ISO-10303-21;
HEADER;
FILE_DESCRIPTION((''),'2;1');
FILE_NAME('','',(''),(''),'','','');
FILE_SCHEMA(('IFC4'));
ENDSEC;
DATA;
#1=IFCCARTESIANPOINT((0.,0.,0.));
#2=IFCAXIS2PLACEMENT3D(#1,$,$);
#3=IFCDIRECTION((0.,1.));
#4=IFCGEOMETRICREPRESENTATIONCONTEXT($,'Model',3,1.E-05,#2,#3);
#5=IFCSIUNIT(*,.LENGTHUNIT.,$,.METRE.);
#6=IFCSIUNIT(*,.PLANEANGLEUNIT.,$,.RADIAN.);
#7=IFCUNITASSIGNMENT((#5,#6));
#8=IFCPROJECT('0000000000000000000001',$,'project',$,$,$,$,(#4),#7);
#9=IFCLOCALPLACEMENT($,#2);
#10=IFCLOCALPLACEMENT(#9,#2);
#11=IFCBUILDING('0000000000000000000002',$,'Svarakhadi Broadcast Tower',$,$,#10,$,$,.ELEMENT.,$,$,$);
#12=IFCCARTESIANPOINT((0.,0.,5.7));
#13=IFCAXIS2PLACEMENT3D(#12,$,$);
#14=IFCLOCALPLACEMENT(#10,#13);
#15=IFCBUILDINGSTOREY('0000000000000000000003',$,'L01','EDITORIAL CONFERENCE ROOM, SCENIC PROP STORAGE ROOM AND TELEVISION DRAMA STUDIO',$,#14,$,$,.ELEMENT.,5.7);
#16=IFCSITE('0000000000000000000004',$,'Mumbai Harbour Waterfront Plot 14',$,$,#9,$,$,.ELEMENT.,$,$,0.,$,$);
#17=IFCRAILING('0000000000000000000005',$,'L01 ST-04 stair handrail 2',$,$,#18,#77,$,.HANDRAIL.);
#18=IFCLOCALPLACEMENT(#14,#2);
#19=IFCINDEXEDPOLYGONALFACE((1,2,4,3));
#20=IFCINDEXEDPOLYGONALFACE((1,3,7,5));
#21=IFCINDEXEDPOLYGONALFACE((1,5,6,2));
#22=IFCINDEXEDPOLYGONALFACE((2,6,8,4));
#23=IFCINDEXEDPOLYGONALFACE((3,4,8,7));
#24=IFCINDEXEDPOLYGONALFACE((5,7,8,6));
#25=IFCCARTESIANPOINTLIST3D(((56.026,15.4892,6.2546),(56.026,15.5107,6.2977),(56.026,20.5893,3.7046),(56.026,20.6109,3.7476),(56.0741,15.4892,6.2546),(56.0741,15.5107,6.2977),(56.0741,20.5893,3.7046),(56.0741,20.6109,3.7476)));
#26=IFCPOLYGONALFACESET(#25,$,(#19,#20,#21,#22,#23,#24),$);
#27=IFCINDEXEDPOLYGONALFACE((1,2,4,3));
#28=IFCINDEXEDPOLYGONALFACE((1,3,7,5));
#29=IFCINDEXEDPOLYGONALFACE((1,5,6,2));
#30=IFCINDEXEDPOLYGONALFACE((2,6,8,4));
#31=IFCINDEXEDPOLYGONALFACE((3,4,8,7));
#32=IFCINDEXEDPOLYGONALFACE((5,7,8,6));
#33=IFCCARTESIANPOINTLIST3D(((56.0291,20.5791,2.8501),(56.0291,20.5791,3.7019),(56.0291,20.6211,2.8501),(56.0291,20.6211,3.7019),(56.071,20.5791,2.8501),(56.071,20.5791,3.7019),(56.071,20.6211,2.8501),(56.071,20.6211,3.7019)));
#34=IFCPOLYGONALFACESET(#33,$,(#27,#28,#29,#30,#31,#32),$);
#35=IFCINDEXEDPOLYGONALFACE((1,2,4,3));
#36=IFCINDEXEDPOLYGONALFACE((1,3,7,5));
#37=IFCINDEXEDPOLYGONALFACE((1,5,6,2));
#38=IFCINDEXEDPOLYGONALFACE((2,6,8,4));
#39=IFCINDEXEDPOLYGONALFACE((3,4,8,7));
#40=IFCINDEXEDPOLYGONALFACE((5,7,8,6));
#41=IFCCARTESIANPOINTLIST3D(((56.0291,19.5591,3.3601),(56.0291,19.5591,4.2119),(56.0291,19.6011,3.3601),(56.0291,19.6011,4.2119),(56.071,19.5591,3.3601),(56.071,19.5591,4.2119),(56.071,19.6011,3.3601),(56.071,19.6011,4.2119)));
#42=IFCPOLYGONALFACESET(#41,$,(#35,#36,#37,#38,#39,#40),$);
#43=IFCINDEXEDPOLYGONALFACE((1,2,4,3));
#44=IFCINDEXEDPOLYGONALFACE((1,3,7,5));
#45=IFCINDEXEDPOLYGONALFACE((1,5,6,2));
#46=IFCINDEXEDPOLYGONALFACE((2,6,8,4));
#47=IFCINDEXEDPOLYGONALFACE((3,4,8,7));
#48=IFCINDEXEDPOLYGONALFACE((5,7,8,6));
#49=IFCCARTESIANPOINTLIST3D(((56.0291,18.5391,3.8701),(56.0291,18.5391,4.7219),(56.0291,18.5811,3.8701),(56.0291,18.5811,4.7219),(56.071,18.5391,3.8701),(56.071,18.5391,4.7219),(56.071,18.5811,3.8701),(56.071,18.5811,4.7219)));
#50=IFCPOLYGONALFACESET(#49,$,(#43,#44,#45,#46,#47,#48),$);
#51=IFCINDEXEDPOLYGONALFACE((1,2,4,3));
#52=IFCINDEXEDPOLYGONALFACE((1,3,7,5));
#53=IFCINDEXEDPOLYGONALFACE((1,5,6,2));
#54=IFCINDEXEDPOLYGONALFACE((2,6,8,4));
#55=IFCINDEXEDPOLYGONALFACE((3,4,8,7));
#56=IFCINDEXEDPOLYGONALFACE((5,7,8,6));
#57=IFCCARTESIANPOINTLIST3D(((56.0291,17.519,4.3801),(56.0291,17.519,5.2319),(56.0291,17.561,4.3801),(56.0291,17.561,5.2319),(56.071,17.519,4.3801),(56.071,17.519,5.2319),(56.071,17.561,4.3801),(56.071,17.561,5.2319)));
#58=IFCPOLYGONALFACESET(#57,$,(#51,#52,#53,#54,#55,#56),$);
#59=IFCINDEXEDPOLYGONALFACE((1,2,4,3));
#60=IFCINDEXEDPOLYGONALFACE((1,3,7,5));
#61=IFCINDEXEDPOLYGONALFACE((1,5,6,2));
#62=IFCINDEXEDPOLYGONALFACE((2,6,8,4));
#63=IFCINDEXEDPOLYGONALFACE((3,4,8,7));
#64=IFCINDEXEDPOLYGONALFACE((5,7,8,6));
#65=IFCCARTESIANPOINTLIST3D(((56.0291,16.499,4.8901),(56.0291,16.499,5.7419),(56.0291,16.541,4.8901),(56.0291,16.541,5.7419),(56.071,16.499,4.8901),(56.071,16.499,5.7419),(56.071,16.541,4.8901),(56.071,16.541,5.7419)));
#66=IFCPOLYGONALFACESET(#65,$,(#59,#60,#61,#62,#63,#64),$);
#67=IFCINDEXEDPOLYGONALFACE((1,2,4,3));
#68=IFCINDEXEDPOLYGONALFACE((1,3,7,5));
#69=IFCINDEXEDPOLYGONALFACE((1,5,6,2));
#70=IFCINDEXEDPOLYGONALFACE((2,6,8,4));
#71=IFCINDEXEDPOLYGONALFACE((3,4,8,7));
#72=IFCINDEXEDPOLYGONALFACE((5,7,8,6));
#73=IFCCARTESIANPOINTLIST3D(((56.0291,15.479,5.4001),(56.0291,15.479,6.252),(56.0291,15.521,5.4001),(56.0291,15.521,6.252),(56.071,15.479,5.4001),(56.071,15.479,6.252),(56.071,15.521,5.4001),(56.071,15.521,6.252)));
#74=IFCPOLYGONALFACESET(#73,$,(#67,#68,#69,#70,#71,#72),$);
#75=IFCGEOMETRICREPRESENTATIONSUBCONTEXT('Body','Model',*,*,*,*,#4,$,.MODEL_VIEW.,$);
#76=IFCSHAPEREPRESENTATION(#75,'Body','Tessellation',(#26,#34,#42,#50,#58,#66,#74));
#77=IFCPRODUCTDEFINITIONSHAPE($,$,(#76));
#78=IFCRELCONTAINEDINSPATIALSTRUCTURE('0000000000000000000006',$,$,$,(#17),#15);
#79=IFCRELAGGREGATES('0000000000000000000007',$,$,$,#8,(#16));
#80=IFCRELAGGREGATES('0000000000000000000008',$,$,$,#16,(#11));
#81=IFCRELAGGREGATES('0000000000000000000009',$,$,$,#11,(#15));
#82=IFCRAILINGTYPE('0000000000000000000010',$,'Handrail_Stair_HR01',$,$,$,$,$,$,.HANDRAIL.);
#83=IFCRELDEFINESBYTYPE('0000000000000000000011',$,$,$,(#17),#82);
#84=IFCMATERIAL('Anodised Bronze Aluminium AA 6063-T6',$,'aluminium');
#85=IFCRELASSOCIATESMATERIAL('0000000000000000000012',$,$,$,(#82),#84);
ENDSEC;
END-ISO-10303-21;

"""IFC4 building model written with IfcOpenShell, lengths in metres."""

from ifc_helpers import new_model, si_unit, direction, frame, origin, origin_2d, place, context, subcontext, project, spatial, rectangle, extrude, material, type_object, element, save


model = new_model("IFC4")

# Units and contexts
model_context = context("Model", 3, precision=1e-05, world=origin(), true_north=direction((0.0, 1.0)))
body_context = subcontext(model_context, "Body", "Model", "MODEL_VIEW")
ifc_project = project(units=[si_unit("LENGTHUNIT", "METRE"), si_unit("PLANEANGLEUNIT", "RADIAN")], contexts=[model_context])

# Site, building, storey
site_placement = place(None, origin())
site = spatial("IfcSite", under=ifc_project, at=site_placement, Name="Mumbai Harbour Waterfront Plot 14", CompositionType="ELEMENT", RefElevation=0.0)
building_placement = place(site_placement, origin())
building = spatial("IfcBuilding", under=site, at=building_placement, Name="Svarakhadi Broadcast Tower", CompositionType="ELEMENT")
storey_placement = place(building_placement, frame((0.0, 0.0, 5.7)))
storey = spatial("IfcBuildingStorey", under=building, at=storey_placement, Name="L01", Description="EDITORIAL CONFERENCE ROOM, SCENIC PROP STORAGE ROOM AND TELEVISION DRAMA STUDIO", CompositionType="ELEMENT", Elevation=5.7)

# Shared definitions
ifc_material_1 = material(Name="Anodised Bronze Aluminium AA 6063-T6", Category="aluminium")

# Railing
railing_type_1 = type_object("IfcRailingType", Name="Handrail_Stair_HR01", PredefinedType="HANDRAIL", material=ifc_material_1)
railing_1_placement = place(storey_placement, frame((56.05, 20.6001, 2.8501)))
element("IfcRailing", 1, at=railing_1_placement, inside=storey, type_object=railing_type_1, Name="L01 ST-04 stair handrail 2", PredefinedType="HANDRAIL", context=body_context, shape_type="SweptSolid", body=[
    extrude(rectangle(XDim=0.0481, YDim=0.0481, at=origin_2d()), frame((0.0, 0.0, 0.876), z_axis=(0.0, -0.894427, 0.447214), x_axis=(1.0, 0.0, 0.0)), (0.0, 0.0, 1.0), 5.7021),
    extrude(rectangle(XDim=0.042, YDim=0.042, at=origin_2d()), origin(), (0.0, 0.0, 1.0), 0.8518),
    extrude(rectangle(XDim=0.042, YDim=0.042, at=origin_2d()), frame((0.0, -1.02, 0.51)), (0.0, 0.0, 1.0), 0.8518),
    extrude(rectangle(XDim=0.042, YDim=0.042, at=origin_2d()), frame((0.0, -2.04, 1.02)), (0.0, 0.0, 1.0), 0.8518),
    extrude(rectangle(XDim=0.042, YDim=0.042, at=origin_2d()), frame((0.0, -3.0601, 1.53)), (0.0, 0.0, 1.0), 0.8518),
    extrude(rectangle(XDim=0.042, YDim=0.042, at=origin_2d()), frame((0.0, -4.0801, 2.04)), (0.0, 0.0, 1.0), 0.8518),
    extrude(rectangle(XDim=0.042, YDim=0.042, at=origin_2d()), frame((0.0, -5.1001, 2.55)), (0.0, 0.0, 1.0), 0.8518),
])

save(model, "model.ifc")
